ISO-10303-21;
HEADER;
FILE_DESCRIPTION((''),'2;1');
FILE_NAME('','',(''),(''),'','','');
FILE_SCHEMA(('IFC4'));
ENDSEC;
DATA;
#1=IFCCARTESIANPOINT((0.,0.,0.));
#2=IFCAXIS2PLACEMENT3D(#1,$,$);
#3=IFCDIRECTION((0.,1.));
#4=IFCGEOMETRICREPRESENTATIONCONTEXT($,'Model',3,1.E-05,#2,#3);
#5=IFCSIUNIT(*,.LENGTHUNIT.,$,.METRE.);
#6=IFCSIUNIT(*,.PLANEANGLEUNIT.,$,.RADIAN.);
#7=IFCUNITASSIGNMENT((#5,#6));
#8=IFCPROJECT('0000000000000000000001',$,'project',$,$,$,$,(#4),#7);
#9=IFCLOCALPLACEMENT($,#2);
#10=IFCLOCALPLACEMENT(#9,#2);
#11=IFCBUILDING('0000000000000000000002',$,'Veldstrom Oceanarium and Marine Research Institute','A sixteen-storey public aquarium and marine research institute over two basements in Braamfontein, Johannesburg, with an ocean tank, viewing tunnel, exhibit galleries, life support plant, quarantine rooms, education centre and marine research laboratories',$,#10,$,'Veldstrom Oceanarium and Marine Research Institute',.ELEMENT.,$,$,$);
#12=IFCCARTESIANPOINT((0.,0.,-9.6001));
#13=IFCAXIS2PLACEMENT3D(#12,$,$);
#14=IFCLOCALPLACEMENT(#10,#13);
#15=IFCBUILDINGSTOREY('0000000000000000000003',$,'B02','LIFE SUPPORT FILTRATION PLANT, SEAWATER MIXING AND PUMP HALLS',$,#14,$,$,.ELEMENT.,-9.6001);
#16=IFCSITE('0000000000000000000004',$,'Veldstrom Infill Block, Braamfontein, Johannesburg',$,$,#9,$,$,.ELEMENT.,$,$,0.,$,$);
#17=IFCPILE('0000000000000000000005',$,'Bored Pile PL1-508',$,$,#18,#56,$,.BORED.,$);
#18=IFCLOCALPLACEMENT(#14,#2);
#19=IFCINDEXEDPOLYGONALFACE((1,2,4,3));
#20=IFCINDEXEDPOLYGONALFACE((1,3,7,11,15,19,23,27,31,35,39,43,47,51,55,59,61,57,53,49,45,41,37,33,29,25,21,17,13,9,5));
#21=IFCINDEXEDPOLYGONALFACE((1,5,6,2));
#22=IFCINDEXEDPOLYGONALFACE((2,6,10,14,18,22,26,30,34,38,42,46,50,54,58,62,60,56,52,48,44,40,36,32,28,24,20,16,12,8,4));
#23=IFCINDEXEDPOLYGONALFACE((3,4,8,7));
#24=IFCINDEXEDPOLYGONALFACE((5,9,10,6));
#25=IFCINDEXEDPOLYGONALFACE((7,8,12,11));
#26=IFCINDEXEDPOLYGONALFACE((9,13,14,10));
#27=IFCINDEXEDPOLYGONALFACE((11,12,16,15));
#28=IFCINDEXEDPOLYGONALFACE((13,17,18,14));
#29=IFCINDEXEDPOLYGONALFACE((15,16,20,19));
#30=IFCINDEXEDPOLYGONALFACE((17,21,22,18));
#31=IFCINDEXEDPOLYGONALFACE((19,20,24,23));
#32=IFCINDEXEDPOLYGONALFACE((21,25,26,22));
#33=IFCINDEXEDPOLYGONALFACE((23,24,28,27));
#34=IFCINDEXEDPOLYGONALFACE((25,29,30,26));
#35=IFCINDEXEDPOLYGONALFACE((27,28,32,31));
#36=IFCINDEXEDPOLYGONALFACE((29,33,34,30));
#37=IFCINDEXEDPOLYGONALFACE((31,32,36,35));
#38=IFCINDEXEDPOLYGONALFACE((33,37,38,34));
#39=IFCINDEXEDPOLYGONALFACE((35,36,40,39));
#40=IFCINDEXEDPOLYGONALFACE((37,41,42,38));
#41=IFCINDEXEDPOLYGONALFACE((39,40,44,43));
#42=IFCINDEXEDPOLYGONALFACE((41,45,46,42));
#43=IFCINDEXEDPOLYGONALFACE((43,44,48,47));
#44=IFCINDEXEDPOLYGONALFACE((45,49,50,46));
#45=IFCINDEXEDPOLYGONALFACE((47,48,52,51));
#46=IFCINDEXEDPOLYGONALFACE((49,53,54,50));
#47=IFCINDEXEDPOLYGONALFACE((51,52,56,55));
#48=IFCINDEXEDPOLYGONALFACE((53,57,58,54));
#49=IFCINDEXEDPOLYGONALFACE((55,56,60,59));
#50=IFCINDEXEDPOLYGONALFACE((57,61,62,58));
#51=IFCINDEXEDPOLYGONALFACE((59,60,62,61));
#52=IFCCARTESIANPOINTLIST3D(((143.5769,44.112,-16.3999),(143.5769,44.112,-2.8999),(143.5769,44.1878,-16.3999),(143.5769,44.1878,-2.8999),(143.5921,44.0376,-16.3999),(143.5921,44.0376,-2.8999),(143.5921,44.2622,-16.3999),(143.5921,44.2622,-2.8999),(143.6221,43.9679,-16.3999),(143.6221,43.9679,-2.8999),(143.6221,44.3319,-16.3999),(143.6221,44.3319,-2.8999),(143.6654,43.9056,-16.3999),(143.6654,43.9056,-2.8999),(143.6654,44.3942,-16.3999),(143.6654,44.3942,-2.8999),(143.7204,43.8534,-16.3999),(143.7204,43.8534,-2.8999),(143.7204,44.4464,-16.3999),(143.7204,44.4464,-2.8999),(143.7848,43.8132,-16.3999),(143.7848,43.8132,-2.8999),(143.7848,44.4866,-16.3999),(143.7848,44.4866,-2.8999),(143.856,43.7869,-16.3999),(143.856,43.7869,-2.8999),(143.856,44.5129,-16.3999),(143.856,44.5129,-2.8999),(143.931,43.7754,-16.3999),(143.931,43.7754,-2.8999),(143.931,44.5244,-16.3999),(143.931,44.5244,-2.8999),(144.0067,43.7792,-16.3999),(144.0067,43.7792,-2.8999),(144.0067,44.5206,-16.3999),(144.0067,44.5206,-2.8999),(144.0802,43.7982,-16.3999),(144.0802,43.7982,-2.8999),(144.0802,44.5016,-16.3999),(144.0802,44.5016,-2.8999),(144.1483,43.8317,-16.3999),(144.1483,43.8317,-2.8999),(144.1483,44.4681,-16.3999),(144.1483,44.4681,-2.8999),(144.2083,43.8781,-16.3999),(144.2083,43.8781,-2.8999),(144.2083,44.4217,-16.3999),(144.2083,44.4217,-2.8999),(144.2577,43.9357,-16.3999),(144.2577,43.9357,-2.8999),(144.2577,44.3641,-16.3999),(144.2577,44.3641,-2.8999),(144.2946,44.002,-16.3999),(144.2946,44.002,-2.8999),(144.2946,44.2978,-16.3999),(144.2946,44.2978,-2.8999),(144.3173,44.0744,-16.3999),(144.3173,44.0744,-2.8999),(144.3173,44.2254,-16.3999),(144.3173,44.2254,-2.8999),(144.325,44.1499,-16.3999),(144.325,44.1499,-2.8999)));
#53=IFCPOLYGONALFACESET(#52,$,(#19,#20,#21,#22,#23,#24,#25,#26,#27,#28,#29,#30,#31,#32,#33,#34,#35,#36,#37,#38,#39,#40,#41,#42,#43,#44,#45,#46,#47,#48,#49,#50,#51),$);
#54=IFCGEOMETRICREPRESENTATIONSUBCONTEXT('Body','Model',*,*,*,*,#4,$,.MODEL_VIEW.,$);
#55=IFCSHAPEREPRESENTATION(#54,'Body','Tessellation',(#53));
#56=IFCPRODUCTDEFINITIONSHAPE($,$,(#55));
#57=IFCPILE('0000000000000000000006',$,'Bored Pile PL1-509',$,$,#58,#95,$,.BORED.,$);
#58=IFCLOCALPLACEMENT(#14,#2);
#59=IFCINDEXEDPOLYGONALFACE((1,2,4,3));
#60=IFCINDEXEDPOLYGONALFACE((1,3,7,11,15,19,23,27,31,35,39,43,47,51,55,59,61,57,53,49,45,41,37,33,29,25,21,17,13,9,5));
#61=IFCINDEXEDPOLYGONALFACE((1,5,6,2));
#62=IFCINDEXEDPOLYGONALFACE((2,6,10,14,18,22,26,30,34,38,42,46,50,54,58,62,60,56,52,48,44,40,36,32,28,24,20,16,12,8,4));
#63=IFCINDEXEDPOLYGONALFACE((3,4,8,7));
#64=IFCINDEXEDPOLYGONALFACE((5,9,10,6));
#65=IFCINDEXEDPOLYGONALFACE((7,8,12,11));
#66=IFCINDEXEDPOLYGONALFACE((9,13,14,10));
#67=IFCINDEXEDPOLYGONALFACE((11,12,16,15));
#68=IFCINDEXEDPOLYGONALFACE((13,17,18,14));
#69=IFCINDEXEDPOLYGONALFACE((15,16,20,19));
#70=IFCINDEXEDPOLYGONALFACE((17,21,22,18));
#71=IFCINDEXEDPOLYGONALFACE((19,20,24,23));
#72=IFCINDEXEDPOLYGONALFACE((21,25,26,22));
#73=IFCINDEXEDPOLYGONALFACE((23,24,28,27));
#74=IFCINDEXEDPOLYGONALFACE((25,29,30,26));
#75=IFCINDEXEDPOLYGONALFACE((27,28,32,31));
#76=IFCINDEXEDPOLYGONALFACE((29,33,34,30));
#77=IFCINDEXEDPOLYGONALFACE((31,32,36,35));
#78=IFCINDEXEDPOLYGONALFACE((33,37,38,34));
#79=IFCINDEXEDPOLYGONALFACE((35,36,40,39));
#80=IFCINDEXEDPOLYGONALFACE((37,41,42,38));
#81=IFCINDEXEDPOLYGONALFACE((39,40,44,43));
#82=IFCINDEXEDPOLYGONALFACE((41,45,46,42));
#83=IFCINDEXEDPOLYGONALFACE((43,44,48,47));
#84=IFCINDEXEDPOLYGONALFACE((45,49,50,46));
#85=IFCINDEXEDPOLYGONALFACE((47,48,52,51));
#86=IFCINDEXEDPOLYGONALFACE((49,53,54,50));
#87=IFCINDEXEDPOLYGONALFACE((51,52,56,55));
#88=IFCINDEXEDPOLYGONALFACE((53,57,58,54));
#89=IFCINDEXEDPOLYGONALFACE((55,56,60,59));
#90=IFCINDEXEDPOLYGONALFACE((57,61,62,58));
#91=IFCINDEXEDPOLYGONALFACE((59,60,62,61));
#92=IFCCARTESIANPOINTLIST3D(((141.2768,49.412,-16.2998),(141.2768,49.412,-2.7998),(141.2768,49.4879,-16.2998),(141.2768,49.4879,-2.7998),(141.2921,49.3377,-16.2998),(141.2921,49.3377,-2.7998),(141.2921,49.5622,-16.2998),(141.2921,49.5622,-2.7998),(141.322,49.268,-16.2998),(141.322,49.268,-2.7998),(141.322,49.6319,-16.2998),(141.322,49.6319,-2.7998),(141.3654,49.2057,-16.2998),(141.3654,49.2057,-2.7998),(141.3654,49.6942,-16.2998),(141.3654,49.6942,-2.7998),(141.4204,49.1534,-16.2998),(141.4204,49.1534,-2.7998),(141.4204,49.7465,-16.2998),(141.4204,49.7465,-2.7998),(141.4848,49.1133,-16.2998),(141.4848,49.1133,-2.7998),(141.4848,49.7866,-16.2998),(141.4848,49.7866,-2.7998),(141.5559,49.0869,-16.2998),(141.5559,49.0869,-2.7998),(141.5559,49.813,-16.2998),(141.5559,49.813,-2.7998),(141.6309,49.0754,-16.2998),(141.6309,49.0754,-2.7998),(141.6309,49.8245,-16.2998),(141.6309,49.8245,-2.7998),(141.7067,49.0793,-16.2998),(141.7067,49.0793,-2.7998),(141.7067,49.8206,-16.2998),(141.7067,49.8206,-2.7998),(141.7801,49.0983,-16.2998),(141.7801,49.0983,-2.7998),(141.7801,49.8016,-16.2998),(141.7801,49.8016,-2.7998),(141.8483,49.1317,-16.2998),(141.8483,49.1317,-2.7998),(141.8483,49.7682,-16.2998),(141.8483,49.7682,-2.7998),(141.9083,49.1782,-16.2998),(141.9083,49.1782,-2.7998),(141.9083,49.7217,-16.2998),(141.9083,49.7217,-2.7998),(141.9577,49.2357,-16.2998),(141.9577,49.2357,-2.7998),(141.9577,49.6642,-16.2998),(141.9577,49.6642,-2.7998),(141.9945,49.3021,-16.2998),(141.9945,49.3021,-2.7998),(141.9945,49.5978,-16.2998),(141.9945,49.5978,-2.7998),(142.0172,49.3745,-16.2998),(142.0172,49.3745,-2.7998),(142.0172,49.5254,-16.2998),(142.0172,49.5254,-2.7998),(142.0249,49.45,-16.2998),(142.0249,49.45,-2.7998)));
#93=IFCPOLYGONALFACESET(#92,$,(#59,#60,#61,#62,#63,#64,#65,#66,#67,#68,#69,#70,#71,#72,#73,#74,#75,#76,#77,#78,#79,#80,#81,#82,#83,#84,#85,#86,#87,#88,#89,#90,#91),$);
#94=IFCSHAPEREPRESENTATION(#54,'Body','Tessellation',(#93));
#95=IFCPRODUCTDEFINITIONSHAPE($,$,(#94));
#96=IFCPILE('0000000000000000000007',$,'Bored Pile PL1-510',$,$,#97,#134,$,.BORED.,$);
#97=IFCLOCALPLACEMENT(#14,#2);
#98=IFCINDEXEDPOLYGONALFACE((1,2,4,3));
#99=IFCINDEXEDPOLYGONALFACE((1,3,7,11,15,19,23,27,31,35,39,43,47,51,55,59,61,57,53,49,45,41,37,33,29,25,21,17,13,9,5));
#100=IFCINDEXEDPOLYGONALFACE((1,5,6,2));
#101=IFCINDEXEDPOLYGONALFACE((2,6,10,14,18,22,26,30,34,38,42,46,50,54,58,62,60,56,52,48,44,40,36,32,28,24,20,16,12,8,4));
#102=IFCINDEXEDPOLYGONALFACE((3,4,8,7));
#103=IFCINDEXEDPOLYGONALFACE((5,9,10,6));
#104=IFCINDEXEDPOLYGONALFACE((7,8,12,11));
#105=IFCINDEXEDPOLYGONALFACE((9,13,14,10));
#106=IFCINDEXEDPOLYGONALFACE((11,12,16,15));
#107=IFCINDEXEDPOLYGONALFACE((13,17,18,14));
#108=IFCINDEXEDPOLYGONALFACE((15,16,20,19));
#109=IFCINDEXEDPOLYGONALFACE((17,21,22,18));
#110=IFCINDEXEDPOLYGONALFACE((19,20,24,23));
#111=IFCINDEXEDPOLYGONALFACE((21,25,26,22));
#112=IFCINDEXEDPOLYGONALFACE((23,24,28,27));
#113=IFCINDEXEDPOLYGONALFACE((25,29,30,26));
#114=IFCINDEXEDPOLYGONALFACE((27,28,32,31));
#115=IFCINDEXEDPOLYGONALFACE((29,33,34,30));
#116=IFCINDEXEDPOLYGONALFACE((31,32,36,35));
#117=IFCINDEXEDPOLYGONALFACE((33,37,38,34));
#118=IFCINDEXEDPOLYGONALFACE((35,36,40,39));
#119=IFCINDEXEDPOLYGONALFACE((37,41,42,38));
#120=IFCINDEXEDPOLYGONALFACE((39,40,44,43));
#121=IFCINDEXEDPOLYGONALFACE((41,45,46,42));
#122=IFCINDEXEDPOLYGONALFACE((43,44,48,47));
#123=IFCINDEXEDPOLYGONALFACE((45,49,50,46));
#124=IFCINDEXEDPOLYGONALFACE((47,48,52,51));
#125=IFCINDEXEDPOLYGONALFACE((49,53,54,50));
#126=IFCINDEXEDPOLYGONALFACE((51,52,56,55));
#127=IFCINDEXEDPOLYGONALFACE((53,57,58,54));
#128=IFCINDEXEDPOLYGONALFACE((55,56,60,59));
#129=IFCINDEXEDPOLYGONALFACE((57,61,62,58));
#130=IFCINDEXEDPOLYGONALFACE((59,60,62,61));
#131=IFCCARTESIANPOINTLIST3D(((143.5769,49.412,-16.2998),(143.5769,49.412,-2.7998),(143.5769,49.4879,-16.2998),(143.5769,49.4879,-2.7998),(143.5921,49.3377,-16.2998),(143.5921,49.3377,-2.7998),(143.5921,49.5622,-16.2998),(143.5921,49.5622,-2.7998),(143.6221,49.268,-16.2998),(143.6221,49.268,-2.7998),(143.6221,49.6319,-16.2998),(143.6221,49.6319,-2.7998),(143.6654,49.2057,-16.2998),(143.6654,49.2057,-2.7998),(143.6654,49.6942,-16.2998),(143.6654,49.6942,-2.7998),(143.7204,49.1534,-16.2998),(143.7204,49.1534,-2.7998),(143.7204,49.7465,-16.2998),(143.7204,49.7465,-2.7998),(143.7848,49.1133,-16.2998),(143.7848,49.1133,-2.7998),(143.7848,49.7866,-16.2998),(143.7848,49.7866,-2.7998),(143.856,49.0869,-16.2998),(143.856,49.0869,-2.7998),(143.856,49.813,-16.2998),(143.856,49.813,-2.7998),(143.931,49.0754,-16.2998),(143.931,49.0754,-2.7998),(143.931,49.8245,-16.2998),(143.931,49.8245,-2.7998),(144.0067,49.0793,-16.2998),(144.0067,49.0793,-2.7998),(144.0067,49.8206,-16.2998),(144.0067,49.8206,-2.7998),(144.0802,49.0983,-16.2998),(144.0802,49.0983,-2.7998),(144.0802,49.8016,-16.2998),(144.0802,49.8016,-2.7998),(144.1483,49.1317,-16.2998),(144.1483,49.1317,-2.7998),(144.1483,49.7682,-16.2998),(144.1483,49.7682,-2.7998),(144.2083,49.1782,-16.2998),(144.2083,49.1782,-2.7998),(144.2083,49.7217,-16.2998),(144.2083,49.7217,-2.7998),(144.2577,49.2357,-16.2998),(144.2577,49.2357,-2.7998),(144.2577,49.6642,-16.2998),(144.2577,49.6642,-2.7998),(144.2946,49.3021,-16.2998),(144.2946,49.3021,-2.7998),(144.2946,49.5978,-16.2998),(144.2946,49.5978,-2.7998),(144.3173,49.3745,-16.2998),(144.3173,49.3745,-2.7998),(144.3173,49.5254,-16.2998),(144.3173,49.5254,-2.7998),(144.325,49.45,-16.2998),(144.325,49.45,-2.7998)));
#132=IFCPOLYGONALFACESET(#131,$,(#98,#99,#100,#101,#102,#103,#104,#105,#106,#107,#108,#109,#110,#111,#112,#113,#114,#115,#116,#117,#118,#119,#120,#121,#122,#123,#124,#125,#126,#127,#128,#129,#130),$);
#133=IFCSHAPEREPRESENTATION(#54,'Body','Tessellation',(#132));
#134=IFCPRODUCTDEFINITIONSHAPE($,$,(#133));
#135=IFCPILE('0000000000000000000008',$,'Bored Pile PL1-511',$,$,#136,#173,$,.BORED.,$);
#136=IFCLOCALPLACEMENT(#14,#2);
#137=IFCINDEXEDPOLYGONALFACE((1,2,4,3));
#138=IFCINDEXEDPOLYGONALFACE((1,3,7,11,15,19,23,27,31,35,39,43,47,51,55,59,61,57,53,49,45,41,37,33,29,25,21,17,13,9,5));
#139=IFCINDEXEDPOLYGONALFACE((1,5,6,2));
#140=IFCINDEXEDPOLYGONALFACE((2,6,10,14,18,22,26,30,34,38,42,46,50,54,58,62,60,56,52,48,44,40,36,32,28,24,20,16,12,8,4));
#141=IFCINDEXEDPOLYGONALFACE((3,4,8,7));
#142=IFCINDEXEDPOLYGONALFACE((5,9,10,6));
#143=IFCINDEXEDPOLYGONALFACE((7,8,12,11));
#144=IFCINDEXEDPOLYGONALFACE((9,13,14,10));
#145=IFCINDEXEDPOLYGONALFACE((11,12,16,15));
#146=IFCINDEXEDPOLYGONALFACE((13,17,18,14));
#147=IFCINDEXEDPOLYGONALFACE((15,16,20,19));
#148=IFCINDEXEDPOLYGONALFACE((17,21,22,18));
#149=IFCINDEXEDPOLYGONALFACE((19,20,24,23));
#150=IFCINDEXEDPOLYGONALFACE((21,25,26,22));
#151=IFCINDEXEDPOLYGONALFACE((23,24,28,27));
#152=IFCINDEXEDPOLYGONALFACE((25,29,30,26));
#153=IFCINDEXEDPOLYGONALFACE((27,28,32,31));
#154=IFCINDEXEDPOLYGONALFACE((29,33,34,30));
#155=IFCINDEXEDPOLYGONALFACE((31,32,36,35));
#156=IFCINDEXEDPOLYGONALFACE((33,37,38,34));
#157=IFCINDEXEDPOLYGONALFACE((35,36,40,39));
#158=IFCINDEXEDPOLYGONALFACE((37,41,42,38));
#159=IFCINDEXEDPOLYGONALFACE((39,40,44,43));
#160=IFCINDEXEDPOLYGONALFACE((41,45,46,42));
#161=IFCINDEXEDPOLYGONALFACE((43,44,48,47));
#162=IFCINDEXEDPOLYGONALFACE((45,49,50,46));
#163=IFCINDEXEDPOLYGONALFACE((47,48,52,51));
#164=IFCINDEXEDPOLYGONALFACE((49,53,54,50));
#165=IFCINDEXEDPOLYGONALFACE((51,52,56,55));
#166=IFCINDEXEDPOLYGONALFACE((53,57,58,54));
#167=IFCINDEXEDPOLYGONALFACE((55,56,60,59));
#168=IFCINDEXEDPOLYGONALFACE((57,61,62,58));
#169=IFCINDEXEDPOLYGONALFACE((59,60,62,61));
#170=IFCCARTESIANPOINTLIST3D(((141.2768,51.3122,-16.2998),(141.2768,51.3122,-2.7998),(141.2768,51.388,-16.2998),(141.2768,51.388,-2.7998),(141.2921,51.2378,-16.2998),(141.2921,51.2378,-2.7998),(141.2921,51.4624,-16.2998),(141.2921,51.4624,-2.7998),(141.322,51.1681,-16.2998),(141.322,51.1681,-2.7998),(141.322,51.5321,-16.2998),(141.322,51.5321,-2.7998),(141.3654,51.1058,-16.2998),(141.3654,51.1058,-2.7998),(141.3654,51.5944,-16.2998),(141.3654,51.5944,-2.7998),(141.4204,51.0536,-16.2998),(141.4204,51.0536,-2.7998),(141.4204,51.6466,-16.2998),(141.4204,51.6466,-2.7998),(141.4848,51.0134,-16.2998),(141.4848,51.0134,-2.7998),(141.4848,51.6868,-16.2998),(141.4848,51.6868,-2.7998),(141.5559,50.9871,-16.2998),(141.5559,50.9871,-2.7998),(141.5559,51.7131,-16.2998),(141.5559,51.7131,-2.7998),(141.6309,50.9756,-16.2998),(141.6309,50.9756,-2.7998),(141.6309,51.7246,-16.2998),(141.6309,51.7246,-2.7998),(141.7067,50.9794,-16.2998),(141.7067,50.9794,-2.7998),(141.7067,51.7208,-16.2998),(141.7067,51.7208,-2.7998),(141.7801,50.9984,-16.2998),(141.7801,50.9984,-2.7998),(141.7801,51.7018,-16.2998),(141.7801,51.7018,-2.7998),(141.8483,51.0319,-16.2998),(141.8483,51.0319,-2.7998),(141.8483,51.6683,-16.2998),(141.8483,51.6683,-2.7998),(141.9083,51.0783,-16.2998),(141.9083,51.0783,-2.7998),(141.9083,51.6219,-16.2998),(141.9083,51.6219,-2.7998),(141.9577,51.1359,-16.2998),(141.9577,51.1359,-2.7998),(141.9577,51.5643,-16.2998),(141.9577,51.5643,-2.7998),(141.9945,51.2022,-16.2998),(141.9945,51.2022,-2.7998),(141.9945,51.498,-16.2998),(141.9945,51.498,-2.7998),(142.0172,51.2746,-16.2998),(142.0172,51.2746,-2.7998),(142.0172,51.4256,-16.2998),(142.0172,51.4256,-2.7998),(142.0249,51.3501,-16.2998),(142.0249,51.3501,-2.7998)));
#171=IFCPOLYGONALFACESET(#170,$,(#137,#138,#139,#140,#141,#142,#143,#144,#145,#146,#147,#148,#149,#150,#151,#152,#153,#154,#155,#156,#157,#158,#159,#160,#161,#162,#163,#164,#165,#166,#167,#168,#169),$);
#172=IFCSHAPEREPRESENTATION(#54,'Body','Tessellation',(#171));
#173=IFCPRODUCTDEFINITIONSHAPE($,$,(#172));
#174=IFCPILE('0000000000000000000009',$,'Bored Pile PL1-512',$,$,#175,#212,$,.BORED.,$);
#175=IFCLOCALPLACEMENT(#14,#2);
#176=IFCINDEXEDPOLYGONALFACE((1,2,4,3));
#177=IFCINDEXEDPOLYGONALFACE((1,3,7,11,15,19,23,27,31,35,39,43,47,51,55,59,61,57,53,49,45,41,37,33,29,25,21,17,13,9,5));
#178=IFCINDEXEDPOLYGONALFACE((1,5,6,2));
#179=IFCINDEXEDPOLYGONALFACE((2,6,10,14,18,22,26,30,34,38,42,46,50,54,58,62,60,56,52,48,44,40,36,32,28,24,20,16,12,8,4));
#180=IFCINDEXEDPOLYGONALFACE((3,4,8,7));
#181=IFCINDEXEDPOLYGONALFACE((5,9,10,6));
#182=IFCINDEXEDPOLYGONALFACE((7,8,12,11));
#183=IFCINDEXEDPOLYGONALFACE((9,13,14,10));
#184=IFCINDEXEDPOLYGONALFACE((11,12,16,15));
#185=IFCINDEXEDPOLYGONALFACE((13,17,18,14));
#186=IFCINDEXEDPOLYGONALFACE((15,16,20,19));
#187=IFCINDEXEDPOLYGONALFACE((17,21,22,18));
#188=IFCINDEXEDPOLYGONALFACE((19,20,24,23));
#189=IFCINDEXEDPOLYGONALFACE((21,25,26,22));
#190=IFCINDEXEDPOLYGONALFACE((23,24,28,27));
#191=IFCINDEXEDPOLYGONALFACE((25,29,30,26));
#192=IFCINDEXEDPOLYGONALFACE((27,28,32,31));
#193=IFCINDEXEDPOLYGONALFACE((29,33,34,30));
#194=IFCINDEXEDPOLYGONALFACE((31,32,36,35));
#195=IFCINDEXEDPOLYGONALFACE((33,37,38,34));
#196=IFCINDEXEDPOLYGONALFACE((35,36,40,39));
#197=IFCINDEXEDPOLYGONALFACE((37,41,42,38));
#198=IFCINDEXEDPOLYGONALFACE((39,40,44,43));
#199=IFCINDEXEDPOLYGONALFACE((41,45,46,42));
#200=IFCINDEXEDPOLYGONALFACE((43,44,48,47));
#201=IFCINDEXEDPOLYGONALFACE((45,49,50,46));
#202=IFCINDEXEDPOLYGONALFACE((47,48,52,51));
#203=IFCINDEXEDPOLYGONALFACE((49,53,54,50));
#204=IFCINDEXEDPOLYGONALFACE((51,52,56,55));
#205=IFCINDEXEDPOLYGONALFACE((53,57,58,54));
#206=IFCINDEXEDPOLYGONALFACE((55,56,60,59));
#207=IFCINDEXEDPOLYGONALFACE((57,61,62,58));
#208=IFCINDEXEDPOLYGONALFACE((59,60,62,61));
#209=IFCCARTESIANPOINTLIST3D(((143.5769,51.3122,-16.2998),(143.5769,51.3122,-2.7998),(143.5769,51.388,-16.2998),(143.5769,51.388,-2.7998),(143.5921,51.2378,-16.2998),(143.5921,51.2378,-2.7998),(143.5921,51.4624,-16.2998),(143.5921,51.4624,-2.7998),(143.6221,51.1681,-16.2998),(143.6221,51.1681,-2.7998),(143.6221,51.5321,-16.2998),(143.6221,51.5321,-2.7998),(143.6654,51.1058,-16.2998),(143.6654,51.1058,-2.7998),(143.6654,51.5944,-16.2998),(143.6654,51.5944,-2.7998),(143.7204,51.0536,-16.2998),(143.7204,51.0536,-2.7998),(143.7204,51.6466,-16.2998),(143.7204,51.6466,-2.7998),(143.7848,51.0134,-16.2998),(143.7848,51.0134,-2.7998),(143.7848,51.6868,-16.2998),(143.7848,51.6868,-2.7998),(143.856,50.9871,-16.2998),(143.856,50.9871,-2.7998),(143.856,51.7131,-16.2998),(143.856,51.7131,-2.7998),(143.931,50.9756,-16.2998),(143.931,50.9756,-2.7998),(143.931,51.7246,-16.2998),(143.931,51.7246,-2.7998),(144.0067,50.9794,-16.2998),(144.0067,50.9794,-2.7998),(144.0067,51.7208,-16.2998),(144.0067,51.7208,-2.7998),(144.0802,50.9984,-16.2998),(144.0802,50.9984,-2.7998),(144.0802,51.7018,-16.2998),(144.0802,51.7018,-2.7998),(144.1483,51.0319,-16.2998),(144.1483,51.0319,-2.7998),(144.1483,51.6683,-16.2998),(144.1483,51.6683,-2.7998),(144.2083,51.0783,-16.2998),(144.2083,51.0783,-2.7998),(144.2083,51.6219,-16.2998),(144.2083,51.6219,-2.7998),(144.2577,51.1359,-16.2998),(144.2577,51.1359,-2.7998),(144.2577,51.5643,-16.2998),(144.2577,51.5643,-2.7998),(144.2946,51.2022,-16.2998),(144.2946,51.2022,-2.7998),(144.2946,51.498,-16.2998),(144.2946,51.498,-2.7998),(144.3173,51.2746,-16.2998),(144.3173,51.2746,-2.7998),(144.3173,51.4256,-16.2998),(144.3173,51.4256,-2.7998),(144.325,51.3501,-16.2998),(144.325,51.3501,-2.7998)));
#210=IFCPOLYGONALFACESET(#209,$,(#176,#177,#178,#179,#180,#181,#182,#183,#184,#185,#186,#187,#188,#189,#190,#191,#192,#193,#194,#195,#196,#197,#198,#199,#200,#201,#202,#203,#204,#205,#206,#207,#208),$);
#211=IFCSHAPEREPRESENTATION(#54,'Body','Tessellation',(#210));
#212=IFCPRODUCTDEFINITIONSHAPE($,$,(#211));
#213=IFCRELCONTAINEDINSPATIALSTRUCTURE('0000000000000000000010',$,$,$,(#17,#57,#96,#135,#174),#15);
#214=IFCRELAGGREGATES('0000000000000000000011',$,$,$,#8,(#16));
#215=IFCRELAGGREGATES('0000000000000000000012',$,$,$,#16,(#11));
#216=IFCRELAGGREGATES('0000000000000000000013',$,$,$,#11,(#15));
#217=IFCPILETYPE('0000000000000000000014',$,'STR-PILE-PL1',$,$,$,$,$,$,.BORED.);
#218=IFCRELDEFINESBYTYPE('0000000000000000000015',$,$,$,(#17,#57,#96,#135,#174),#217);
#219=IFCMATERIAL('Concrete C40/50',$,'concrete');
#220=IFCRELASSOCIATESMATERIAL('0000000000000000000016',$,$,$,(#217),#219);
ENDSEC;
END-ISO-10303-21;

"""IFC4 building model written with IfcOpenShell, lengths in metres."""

from ifc_helpers import new_model, si_unit, direction, frame, origin, origin_2d, place, context, subcontext, project, spatial, circle, extrude, material, material_profile, profile_set, type_object, element, save


model = new_model("IFC4")

# Units and contexts
model_context = context("Model", 3, precision=1e-05, world=origin(), true_north=direction((0.0, 1.0)))
body_context = subcontext(model_context, "Body", "Model", "MODEL_VIEW")
ifc_project = project(units=[si_unit("LENGTHUNIT", "METRE"), si_unit("PLANEANGLEUNIT", "RADIAN")], contexts=[model_context])

# Site, building, storey
site_placement = place(None, origin())
site = spatial("IfcSite", under=ifc_project, at=site_placement, Name="Veldstrom Infill Block, Braamfontein, Johannesburg", CompositionType="ELEMENT", RefElevation=0.0)
building_placement = place(site_placement, origin())
building = spatial("IfcBuilding", under=site, at=building_placement, Name="Veldstrom Oceanarium and Marine Research Institute", Description="A sixteen-storey public aquarium and marine research institute over two basements in Braamfontein, Johannesburg, with an ocean tank, viewing tunnel, exhibit galleries, life support plant, quarantine rooms, education centre and marine research laboratories", LongName="Veldstrom Oceanarium and Marine Research Institute", CompositionType="ELEMENT")
storey_placement = place(building_placement, frame((0.0, 0.0, -9.6001)))
storey = spatial("IfcBuildingStorey", under=building, at=storey_placement, Name="B02", Description="LIFE SUPPORT FILTRATION PLANT, SEAWATER MIXING AND PUMP HALLS", CompositionType="ELEMENT", Elevation=-9.6001)

# Piles
ifc_material_1 = material(Name="Concrete C40/50", Category="concrete")
ifc_material_profile_1 = material_profile(ifc_material_1, circle(Radius=0.375, at=origin_2d()), Name="PILE-D750")
ifc_profile_set_1 = profile_set([ifc_material_profile_1], Name="Concrete C40/50")
pile_type = type_object("IfcPileType", Name="STR-PILE-PL1", PredefinedType="BORED", material=ifc_profile_set_1)
for number, where, z_axis, x_axis, name in (
    (1, (143.95, 44.1499, -2.8999), (0.0, 0.0, -1.0), (1.0, 0.0, 0.0), "Bored Pile PL1-508"),
    (2, (141.6499, 49.45, -2.7998), (0.0, 0.0, -1.0), (1.0, 0.0, 0.0), "Bored Pile PL1-509"),
    (3, (143.95, 49.45, -2.7998), (0.0, 0.0, -1.0), (1.0, 0.0, 0.0), "Bored Pile PL1-510"),
    (4, (141.6499, 51.3501, -2.7998), (0.0, 0.0, -1.0), (1.0, 0.0, 0.0), "Bored Pile PL1-511"),
    (5, (143.95, 51.3501, -2.7998), (0.0, 0.0, -1.0), (1.0, 0.0, 0.0), "Bored Pile PL1-512"),
):
    element("IfcPile", number, at=place(storey_placement, frame(where, z_axis=z_axis, x_axis=x_axis)), inside=storey, type_object=pile_type, Name=name, PredefinedType="BORED", context=body_context, shape_type="SweptSolid", body=[
        extrude(circle(Radius=0.375, at=origin_2d()), origin(), (0.0, 0.0, 1.0), 13.5),
    ])

save(model, "model.ifc")
